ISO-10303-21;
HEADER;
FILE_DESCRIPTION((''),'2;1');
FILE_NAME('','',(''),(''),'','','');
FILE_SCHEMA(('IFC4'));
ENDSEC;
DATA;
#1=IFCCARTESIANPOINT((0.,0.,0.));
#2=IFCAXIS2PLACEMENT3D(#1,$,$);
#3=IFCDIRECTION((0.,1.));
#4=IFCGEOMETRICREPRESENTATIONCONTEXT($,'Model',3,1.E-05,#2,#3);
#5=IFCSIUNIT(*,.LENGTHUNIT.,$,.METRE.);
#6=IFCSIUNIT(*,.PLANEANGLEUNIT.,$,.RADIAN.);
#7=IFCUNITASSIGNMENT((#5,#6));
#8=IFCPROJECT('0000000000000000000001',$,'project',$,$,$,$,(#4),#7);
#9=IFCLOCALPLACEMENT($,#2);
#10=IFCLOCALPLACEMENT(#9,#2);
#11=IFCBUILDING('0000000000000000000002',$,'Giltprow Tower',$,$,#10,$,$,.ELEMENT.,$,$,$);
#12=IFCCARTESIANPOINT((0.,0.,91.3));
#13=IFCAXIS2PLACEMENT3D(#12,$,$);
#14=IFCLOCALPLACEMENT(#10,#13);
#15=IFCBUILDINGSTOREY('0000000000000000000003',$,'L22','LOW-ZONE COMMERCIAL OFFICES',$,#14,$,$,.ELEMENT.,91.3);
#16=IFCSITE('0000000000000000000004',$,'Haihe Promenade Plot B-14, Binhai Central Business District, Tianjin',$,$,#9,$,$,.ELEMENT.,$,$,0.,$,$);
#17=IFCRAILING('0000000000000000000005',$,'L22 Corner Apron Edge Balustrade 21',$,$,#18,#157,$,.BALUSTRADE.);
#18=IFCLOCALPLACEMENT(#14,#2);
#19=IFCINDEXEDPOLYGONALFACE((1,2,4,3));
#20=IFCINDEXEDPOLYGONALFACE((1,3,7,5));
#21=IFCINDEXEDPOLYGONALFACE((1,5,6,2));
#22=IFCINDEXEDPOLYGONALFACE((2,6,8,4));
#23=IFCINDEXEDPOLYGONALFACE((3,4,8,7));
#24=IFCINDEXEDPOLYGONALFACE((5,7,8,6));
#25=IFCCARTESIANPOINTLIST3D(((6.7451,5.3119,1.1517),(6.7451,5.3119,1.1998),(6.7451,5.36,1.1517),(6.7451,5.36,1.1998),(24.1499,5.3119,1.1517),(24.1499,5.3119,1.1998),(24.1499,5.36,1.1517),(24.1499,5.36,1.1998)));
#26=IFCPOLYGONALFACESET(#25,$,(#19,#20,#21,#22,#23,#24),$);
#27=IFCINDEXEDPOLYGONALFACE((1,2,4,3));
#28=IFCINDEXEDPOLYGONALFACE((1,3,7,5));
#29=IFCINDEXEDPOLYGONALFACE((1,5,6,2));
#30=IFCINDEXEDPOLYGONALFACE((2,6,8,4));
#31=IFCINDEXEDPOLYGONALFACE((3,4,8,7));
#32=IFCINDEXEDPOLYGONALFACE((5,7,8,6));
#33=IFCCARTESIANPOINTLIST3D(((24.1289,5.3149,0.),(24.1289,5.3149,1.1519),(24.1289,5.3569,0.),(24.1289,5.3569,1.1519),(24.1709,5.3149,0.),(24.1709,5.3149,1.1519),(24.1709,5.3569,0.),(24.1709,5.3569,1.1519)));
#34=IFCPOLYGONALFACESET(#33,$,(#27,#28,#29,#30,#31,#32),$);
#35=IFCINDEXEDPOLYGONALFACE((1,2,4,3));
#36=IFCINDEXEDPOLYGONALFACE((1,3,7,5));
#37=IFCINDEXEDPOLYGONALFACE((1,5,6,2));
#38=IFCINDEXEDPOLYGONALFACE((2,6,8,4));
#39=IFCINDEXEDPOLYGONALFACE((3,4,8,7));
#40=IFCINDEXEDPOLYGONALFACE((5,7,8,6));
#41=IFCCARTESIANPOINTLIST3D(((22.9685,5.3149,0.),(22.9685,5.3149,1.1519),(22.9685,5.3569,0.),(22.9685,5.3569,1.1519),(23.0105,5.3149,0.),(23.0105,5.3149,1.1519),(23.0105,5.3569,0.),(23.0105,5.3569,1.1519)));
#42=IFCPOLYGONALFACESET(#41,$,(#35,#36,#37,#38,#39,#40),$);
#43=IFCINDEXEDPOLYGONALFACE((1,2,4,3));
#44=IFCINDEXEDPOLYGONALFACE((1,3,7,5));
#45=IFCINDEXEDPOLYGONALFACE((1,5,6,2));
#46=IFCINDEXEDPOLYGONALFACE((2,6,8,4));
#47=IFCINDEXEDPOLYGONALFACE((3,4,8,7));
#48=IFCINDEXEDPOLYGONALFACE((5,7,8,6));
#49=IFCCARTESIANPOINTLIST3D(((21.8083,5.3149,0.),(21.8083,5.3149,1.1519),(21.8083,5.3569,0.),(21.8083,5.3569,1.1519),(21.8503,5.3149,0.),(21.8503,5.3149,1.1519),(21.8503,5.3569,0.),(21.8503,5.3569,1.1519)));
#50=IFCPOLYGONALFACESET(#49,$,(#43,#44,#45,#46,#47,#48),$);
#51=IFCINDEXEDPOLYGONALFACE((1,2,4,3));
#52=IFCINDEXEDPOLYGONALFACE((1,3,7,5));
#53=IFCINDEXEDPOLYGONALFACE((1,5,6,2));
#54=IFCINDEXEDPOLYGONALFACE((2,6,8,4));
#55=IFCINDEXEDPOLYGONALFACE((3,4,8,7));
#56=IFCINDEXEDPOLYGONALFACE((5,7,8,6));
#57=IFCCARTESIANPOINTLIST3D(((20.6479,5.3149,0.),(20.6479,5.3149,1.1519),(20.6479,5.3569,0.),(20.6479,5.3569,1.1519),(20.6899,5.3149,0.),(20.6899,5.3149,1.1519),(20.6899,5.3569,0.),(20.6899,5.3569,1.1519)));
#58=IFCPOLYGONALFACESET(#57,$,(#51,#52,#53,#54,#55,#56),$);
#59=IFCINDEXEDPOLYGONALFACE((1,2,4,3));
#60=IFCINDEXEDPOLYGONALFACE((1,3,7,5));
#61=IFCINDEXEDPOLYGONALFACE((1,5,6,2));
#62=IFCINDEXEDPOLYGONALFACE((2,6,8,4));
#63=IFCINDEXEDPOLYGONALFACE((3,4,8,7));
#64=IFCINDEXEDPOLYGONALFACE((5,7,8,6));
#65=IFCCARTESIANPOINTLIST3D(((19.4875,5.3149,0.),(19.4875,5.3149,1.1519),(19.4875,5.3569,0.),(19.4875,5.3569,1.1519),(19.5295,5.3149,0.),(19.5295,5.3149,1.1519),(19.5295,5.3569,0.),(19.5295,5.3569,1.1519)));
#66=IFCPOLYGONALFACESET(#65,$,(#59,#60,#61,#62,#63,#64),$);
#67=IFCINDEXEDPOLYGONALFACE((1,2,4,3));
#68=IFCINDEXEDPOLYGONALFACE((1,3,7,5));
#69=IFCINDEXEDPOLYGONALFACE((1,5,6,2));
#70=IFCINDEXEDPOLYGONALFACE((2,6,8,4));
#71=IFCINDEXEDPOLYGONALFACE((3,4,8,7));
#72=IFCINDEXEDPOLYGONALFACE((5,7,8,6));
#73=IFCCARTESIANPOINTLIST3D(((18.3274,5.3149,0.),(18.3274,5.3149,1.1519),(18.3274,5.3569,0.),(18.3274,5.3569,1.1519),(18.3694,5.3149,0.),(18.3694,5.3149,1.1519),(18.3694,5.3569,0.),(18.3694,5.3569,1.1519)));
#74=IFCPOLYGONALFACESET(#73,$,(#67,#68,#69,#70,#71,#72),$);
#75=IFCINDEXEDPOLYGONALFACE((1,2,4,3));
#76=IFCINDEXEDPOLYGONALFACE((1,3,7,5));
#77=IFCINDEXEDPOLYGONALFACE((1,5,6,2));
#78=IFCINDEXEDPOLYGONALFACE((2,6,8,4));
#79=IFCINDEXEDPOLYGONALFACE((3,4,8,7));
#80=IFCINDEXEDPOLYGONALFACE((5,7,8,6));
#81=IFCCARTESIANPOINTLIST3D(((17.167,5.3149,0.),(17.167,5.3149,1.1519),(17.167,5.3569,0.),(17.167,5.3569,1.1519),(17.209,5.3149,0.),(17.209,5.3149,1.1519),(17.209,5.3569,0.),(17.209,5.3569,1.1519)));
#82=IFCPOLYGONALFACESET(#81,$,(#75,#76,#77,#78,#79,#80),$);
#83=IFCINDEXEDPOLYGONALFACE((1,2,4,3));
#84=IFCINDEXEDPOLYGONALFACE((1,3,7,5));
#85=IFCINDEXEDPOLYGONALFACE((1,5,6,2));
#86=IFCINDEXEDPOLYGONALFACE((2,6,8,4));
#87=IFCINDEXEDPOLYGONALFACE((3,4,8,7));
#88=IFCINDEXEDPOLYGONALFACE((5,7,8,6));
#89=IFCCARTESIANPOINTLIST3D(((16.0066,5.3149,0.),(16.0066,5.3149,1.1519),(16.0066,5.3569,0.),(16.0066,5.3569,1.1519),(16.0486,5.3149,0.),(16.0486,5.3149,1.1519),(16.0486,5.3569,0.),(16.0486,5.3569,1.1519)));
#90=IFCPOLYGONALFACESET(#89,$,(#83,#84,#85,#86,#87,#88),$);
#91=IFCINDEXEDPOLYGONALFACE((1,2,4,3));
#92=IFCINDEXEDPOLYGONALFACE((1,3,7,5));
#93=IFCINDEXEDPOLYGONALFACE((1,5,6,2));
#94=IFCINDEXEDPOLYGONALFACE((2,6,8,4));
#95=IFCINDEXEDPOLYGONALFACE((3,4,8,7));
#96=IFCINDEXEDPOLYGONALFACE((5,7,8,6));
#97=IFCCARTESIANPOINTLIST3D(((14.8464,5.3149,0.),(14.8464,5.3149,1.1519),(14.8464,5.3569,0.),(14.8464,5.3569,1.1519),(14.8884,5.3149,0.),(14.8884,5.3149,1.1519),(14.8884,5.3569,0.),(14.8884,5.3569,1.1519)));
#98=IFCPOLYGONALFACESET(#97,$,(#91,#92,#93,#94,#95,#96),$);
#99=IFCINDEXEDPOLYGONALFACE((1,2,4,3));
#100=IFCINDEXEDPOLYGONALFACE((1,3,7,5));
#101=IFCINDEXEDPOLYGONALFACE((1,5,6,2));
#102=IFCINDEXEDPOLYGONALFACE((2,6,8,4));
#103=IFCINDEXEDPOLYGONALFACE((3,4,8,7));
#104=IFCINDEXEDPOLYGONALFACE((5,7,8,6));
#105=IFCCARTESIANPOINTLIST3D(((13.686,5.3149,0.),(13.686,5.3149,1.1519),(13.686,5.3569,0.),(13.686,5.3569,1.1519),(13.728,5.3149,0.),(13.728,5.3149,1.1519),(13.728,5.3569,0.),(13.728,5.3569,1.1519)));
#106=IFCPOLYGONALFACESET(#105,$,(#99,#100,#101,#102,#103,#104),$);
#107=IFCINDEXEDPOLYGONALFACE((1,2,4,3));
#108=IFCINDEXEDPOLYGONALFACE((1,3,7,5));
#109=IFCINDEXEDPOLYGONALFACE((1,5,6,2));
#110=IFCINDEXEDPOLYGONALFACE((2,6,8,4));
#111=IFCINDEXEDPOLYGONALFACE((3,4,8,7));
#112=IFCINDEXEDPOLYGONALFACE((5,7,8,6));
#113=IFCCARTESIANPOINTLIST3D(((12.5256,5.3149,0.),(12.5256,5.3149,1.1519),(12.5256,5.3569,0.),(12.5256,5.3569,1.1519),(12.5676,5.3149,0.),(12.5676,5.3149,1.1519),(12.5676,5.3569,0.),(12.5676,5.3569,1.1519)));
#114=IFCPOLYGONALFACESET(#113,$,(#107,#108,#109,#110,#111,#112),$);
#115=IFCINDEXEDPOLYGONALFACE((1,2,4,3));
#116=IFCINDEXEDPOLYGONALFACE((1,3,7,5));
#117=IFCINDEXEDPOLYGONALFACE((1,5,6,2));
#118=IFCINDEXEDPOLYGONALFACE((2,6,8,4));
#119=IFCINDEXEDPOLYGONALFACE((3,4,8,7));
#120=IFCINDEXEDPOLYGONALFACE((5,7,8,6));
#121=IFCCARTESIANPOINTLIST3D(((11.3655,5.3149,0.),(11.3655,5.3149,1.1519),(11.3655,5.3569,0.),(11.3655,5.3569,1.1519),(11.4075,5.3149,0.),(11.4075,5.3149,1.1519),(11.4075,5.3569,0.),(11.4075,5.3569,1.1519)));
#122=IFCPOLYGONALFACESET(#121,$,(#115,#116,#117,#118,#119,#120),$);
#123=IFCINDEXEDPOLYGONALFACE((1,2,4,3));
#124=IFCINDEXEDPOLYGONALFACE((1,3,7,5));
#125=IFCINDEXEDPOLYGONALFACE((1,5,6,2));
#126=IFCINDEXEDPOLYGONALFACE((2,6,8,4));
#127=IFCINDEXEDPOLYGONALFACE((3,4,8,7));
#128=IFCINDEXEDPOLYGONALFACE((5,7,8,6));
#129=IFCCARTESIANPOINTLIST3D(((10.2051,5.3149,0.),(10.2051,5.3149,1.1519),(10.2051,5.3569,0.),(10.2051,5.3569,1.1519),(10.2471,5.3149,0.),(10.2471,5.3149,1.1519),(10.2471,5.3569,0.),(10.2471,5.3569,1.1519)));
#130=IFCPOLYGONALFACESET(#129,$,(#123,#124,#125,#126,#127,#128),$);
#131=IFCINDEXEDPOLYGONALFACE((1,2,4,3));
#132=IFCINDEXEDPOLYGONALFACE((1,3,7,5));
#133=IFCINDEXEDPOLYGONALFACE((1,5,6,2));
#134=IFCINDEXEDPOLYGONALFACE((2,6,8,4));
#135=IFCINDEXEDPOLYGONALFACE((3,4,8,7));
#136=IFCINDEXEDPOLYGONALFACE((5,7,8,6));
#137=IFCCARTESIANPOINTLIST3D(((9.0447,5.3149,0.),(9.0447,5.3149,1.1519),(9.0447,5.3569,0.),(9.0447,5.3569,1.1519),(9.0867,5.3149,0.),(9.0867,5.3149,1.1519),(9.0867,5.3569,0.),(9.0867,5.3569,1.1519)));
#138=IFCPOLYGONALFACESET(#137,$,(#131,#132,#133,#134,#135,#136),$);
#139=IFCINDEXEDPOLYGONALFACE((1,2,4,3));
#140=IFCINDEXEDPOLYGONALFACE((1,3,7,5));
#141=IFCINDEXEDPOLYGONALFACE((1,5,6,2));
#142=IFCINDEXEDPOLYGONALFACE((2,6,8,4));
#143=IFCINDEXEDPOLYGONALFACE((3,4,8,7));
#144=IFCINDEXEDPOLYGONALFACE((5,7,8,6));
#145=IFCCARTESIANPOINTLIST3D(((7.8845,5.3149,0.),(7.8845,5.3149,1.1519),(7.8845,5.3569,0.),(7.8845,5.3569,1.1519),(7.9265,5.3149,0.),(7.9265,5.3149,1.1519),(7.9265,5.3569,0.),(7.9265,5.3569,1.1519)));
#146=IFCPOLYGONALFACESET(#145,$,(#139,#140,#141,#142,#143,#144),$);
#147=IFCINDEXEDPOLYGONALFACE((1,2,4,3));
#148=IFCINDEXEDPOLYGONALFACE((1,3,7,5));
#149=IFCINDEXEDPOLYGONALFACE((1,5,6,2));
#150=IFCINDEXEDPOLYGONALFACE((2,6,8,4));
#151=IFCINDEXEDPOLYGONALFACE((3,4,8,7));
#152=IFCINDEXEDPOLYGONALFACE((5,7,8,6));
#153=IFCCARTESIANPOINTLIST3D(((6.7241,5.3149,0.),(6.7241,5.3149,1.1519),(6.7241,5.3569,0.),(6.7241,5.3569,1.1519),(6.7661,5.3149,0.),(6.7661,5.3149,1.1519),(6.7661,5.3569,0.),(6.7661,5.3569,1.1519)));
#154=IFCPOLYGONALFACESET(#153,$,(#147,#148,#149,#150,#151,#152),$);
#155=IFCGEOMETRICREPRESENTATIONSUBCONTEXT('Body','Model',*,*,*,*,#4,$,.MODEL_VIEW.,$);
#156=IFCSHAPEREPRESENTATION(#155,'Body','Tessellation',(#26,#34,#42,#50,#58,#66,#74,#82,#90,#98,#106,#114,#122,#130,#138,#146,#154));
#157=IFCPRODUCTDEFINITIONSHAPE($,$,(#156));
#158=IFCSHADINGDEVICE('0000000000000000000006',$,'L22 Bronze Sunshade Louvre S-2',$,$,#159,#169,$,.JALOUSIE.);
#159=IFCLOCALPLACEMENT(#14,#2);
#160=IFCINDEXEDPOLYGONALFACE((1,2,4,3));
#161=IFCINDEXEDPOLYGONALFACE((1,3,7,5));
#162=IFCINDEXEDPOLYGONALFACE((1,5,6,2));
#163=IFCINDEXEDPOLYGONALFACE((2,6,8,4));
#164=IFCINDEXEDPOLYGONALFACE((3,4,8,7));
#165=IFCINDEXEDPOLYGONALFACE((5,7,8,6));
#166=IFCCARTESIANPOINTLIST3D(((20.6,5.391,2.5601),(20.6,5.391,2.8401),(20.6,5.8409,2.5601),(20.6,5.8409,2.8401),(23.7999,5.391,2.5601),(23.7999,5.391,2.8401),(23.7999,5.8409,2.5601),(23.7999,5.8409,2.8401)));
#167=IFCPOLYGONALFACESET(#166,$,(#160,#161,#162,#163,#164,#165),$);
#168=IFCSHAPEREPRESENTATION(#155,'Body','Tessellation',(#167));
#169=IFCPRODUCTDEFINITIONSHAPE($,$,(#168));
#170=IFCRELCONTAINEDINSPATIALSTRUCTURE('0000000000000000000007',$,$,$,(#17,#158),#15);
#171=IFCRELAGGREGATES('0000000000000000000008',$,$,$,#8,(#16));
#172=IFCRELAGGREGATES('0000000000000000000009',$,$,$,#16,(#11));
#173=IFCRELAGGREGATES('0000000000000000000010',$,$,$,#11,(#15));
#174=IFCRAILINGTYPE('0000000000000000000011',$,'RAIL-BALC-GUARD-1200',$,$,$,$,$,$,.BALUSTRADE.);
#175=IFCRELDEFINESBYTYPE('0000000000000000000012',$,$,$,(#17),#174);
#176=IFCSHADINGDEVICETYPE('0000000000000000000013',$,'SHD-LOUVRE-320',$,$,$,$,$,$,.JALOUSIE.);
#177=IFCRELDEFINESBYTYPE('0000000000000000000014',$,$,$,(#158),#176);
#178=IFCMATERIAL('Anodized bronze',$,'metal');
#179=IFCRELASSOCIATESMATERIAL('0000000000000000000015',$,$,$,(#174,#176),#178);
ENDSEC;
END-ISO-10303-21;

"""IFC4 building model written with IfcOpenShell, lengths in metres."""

from ifc_helpers import new_model, si_unit, direction, frame, origin, origin_2d, place, context, subcontext, project, spatial, rectangle, extrude, source, transform, mapped, material, type_object, element, save


model = new_model("IFC4")

# Units and contexts
model_context = context("Model", 3, precision=1e-05, world=origin(), true_north=direction((0.0, 1.0)))
body_context = subcontext(model_context, "Body", "Model", "MODEL_VIEW")
ifc_project = project(units=[si_unit("LENGTHUNIT", "METRE"), si_unit("PLANEANGLEUNIT", "RADIAN")], contexts=[model_context])

# Site, building, storey
site_placement = place(None, origin())
site = spatial("IfcSite", under=ifc_project, at=site_placement, Name="Haihe Promenade Plot B-14, Binhai Central Business District, Tianjin", CompositionType="ELEMENT", RefElevation=0.0)
building_placement = place(site_placement, origin())
building = spatial("IfcBuilding", under=site, at=building_placement, Name="Giltprow Tower", CompositionType="ELEMENT")
storey_placement = place(building_placement, frame((0.0, 0.0, 91.3)))
storey = spatial("IfcBuildingStorey", under=building, at=storey_placement, Name="L22", Description="LOW-ZONE COMMERCIAL OFFICES", CompositionType="ELEMENT", Elevation=91.3)

# Shared definitions
ifc_material_1 = material(Name="Anodized bronze", Category="metal")

# Railing
railing_type = type_object("IfcRailingType", Name="RAIL-BALC-GUARD-1200", PredefinedType="BALUSTRADE", material=ifc_material_1)
railing_1_placement = place(storey_placement, frame((24.1499, 5.3359, 0.0)))
element("IfcRailing", 1, at=railing_1_placement, inside=storey, type_object=railing_type, Name="L22 Corner Apron Edge Balustrade 21", PredefinedType="BALUSTRADE", context=body_context, shape_type="SweptSolid", body=[
    extrude(rectangle(XDim=0.0481, YDim=0.0481, at=origin_2d()), frame((0.0, 0.0, 1.1758), z_axis=(-1.0, 0.0, 0.0), x_axis=(0.0, -1.0, 0.0)), (0.0, 0.0, 1.0), 17.4048),
    extrude(rectangle(XDim=0.042, YDim=0.042, at=origin_2d()), origin(), (0.0, 0.0, 1.0), 1.1519),
    extrude(rectangle(XDim=0.042, YDim=0.042, at=origin_2d()), frame((-1.1604, 0.0, 0.0)), (0.0, 0.0, 1.0), 1.1519),
    extrude(rectangle(XDim=0.042, YDim=0.042, at=origin_2d()), frame((-2.3206, 0.0, 0.0)), (0.0, 0.0, 1.0), 1.1519),
    extrude(rectangle(XDim=0.042, YDim=0.042, at=origin_2d()), frame((-3.481, 0.0, 0.0)), (0.0, 0.0, 1.0), 1.1519),
    extrude(rectangle(XDim=0.042, YDim=0.042, at=origin_2d()), frame((-4.6414, 0.0, 0.0)), (0.0, 0.0, 1.0), 1.1519),
    extrude(rectangle(XDim=0.042, YDim=0.042, at=origin_2d()), frame((-5.8015, 0.0, 0.0)), (0.0, 0.0, 1.0), 1.1519),
    extrude(rectangle(XDim=0.042, YDim=0.042, at=origin_2d()), frame((-6.9619, 0.0, 0.0)), (0.0, 0.0, 1.0), 1.1519),
    extrude(rectangle(XDim=0.042, YDim=0.042, at=origin_2d()), frame((-8.1223, 0.0, 0.0)), (0.0, 0.0, 1.0), 1.1519),
    extrude(rectangle(XDim=0.042, YDim=0.042, at=origin_2d()), frame((-9.2825, 0.0, 0.0)), (0.0, 0.0, 1.0), 1.1519),
    extrude(rectangle(XDim=0.042, YDim=0.042, at=origin_2d()), frame((-10.4429, 0.0, 0.0)), (0.0, 0.0, 1.0), 1.1519),
    extrude(rectangle(XDim=0.042, YDim=0.042, at=origin_2d()), frame((-11.6033, 0.0, 0.0)), (0.0, 0.0, 1.0), 1.1519),
    extrude(rectangle(XDim=0.042, YDim=0.042, at=origin_2d()), frame((-12.7634, 0.0, 0.0)), (0.0, 0.0, 1.0), 1.1519),
    extrude(rectangle(XDim=0.042, YDim=0.042, at=origin_2d()), frame((-13.9238, 0.0, 0.0)), (0.0, 0.0, 1.0), 1.1519),
    extrude(rectangle(XDim=0.042, YDim=0.042, at=origin_2d()), frame((-15.0842, 0.0, 0.0)), (0.0, 0.0, 1.0), 1.1519),
    extrude(rectangle(XDim=0.042, YDim=0.042, at=origin_2d()), frame((-16.2444, 0.0, 0.0)), (0.0, 0.0, 1.0), 1.1519),
    extrude(rectangle(XDim=0.042, YDim=0.042, at=origin_2d()), frame((-17.4048, 0.0, 0.0)), (0.0, 0.0, 1.0), 1.1519),
])

# Shading device
shading_device_type = type_object("IfcShadingDeviceType", Name="SHD-LOUVRE-320", PredefinedType="JALOUSIE", material=ifc_material_1)
shared_shape_1 = source(origin(), body_context, "Body", "SweptSolid", [
    extrude(rectangle(XDim=3.2, YDim=0.45, at=origin_2d()), origin(), (0.0, 0.0, 1.0), 0.28),
])
shading_device_placement = place(storey_placement, frame((22.2, 5.616, 2.5601), z_axis=(0.0, 0.0, 1.0), x_axis=(1.0, 0.0, 0.0)))
element("IfcShadingDevice", 2, at=shading_device_placement, inside=storey, type_object=shading_device_type, Name="L22 Bronze Sunshade Louvre S-2", PredefinedType="JALOUSIE", context=body_context, shape_type="MappedRepresentation", body=[
    mapped(shared_shape_1, transform((0.0, 0.0, 0.0), x_axis=(1.0, 0.0, 0.0), y_axis=(0.0, 1.0, 0.0), z_axis=(0.0, 0.0, 1.0), scale=1.0)),
])

save(model, "model.ifc")
